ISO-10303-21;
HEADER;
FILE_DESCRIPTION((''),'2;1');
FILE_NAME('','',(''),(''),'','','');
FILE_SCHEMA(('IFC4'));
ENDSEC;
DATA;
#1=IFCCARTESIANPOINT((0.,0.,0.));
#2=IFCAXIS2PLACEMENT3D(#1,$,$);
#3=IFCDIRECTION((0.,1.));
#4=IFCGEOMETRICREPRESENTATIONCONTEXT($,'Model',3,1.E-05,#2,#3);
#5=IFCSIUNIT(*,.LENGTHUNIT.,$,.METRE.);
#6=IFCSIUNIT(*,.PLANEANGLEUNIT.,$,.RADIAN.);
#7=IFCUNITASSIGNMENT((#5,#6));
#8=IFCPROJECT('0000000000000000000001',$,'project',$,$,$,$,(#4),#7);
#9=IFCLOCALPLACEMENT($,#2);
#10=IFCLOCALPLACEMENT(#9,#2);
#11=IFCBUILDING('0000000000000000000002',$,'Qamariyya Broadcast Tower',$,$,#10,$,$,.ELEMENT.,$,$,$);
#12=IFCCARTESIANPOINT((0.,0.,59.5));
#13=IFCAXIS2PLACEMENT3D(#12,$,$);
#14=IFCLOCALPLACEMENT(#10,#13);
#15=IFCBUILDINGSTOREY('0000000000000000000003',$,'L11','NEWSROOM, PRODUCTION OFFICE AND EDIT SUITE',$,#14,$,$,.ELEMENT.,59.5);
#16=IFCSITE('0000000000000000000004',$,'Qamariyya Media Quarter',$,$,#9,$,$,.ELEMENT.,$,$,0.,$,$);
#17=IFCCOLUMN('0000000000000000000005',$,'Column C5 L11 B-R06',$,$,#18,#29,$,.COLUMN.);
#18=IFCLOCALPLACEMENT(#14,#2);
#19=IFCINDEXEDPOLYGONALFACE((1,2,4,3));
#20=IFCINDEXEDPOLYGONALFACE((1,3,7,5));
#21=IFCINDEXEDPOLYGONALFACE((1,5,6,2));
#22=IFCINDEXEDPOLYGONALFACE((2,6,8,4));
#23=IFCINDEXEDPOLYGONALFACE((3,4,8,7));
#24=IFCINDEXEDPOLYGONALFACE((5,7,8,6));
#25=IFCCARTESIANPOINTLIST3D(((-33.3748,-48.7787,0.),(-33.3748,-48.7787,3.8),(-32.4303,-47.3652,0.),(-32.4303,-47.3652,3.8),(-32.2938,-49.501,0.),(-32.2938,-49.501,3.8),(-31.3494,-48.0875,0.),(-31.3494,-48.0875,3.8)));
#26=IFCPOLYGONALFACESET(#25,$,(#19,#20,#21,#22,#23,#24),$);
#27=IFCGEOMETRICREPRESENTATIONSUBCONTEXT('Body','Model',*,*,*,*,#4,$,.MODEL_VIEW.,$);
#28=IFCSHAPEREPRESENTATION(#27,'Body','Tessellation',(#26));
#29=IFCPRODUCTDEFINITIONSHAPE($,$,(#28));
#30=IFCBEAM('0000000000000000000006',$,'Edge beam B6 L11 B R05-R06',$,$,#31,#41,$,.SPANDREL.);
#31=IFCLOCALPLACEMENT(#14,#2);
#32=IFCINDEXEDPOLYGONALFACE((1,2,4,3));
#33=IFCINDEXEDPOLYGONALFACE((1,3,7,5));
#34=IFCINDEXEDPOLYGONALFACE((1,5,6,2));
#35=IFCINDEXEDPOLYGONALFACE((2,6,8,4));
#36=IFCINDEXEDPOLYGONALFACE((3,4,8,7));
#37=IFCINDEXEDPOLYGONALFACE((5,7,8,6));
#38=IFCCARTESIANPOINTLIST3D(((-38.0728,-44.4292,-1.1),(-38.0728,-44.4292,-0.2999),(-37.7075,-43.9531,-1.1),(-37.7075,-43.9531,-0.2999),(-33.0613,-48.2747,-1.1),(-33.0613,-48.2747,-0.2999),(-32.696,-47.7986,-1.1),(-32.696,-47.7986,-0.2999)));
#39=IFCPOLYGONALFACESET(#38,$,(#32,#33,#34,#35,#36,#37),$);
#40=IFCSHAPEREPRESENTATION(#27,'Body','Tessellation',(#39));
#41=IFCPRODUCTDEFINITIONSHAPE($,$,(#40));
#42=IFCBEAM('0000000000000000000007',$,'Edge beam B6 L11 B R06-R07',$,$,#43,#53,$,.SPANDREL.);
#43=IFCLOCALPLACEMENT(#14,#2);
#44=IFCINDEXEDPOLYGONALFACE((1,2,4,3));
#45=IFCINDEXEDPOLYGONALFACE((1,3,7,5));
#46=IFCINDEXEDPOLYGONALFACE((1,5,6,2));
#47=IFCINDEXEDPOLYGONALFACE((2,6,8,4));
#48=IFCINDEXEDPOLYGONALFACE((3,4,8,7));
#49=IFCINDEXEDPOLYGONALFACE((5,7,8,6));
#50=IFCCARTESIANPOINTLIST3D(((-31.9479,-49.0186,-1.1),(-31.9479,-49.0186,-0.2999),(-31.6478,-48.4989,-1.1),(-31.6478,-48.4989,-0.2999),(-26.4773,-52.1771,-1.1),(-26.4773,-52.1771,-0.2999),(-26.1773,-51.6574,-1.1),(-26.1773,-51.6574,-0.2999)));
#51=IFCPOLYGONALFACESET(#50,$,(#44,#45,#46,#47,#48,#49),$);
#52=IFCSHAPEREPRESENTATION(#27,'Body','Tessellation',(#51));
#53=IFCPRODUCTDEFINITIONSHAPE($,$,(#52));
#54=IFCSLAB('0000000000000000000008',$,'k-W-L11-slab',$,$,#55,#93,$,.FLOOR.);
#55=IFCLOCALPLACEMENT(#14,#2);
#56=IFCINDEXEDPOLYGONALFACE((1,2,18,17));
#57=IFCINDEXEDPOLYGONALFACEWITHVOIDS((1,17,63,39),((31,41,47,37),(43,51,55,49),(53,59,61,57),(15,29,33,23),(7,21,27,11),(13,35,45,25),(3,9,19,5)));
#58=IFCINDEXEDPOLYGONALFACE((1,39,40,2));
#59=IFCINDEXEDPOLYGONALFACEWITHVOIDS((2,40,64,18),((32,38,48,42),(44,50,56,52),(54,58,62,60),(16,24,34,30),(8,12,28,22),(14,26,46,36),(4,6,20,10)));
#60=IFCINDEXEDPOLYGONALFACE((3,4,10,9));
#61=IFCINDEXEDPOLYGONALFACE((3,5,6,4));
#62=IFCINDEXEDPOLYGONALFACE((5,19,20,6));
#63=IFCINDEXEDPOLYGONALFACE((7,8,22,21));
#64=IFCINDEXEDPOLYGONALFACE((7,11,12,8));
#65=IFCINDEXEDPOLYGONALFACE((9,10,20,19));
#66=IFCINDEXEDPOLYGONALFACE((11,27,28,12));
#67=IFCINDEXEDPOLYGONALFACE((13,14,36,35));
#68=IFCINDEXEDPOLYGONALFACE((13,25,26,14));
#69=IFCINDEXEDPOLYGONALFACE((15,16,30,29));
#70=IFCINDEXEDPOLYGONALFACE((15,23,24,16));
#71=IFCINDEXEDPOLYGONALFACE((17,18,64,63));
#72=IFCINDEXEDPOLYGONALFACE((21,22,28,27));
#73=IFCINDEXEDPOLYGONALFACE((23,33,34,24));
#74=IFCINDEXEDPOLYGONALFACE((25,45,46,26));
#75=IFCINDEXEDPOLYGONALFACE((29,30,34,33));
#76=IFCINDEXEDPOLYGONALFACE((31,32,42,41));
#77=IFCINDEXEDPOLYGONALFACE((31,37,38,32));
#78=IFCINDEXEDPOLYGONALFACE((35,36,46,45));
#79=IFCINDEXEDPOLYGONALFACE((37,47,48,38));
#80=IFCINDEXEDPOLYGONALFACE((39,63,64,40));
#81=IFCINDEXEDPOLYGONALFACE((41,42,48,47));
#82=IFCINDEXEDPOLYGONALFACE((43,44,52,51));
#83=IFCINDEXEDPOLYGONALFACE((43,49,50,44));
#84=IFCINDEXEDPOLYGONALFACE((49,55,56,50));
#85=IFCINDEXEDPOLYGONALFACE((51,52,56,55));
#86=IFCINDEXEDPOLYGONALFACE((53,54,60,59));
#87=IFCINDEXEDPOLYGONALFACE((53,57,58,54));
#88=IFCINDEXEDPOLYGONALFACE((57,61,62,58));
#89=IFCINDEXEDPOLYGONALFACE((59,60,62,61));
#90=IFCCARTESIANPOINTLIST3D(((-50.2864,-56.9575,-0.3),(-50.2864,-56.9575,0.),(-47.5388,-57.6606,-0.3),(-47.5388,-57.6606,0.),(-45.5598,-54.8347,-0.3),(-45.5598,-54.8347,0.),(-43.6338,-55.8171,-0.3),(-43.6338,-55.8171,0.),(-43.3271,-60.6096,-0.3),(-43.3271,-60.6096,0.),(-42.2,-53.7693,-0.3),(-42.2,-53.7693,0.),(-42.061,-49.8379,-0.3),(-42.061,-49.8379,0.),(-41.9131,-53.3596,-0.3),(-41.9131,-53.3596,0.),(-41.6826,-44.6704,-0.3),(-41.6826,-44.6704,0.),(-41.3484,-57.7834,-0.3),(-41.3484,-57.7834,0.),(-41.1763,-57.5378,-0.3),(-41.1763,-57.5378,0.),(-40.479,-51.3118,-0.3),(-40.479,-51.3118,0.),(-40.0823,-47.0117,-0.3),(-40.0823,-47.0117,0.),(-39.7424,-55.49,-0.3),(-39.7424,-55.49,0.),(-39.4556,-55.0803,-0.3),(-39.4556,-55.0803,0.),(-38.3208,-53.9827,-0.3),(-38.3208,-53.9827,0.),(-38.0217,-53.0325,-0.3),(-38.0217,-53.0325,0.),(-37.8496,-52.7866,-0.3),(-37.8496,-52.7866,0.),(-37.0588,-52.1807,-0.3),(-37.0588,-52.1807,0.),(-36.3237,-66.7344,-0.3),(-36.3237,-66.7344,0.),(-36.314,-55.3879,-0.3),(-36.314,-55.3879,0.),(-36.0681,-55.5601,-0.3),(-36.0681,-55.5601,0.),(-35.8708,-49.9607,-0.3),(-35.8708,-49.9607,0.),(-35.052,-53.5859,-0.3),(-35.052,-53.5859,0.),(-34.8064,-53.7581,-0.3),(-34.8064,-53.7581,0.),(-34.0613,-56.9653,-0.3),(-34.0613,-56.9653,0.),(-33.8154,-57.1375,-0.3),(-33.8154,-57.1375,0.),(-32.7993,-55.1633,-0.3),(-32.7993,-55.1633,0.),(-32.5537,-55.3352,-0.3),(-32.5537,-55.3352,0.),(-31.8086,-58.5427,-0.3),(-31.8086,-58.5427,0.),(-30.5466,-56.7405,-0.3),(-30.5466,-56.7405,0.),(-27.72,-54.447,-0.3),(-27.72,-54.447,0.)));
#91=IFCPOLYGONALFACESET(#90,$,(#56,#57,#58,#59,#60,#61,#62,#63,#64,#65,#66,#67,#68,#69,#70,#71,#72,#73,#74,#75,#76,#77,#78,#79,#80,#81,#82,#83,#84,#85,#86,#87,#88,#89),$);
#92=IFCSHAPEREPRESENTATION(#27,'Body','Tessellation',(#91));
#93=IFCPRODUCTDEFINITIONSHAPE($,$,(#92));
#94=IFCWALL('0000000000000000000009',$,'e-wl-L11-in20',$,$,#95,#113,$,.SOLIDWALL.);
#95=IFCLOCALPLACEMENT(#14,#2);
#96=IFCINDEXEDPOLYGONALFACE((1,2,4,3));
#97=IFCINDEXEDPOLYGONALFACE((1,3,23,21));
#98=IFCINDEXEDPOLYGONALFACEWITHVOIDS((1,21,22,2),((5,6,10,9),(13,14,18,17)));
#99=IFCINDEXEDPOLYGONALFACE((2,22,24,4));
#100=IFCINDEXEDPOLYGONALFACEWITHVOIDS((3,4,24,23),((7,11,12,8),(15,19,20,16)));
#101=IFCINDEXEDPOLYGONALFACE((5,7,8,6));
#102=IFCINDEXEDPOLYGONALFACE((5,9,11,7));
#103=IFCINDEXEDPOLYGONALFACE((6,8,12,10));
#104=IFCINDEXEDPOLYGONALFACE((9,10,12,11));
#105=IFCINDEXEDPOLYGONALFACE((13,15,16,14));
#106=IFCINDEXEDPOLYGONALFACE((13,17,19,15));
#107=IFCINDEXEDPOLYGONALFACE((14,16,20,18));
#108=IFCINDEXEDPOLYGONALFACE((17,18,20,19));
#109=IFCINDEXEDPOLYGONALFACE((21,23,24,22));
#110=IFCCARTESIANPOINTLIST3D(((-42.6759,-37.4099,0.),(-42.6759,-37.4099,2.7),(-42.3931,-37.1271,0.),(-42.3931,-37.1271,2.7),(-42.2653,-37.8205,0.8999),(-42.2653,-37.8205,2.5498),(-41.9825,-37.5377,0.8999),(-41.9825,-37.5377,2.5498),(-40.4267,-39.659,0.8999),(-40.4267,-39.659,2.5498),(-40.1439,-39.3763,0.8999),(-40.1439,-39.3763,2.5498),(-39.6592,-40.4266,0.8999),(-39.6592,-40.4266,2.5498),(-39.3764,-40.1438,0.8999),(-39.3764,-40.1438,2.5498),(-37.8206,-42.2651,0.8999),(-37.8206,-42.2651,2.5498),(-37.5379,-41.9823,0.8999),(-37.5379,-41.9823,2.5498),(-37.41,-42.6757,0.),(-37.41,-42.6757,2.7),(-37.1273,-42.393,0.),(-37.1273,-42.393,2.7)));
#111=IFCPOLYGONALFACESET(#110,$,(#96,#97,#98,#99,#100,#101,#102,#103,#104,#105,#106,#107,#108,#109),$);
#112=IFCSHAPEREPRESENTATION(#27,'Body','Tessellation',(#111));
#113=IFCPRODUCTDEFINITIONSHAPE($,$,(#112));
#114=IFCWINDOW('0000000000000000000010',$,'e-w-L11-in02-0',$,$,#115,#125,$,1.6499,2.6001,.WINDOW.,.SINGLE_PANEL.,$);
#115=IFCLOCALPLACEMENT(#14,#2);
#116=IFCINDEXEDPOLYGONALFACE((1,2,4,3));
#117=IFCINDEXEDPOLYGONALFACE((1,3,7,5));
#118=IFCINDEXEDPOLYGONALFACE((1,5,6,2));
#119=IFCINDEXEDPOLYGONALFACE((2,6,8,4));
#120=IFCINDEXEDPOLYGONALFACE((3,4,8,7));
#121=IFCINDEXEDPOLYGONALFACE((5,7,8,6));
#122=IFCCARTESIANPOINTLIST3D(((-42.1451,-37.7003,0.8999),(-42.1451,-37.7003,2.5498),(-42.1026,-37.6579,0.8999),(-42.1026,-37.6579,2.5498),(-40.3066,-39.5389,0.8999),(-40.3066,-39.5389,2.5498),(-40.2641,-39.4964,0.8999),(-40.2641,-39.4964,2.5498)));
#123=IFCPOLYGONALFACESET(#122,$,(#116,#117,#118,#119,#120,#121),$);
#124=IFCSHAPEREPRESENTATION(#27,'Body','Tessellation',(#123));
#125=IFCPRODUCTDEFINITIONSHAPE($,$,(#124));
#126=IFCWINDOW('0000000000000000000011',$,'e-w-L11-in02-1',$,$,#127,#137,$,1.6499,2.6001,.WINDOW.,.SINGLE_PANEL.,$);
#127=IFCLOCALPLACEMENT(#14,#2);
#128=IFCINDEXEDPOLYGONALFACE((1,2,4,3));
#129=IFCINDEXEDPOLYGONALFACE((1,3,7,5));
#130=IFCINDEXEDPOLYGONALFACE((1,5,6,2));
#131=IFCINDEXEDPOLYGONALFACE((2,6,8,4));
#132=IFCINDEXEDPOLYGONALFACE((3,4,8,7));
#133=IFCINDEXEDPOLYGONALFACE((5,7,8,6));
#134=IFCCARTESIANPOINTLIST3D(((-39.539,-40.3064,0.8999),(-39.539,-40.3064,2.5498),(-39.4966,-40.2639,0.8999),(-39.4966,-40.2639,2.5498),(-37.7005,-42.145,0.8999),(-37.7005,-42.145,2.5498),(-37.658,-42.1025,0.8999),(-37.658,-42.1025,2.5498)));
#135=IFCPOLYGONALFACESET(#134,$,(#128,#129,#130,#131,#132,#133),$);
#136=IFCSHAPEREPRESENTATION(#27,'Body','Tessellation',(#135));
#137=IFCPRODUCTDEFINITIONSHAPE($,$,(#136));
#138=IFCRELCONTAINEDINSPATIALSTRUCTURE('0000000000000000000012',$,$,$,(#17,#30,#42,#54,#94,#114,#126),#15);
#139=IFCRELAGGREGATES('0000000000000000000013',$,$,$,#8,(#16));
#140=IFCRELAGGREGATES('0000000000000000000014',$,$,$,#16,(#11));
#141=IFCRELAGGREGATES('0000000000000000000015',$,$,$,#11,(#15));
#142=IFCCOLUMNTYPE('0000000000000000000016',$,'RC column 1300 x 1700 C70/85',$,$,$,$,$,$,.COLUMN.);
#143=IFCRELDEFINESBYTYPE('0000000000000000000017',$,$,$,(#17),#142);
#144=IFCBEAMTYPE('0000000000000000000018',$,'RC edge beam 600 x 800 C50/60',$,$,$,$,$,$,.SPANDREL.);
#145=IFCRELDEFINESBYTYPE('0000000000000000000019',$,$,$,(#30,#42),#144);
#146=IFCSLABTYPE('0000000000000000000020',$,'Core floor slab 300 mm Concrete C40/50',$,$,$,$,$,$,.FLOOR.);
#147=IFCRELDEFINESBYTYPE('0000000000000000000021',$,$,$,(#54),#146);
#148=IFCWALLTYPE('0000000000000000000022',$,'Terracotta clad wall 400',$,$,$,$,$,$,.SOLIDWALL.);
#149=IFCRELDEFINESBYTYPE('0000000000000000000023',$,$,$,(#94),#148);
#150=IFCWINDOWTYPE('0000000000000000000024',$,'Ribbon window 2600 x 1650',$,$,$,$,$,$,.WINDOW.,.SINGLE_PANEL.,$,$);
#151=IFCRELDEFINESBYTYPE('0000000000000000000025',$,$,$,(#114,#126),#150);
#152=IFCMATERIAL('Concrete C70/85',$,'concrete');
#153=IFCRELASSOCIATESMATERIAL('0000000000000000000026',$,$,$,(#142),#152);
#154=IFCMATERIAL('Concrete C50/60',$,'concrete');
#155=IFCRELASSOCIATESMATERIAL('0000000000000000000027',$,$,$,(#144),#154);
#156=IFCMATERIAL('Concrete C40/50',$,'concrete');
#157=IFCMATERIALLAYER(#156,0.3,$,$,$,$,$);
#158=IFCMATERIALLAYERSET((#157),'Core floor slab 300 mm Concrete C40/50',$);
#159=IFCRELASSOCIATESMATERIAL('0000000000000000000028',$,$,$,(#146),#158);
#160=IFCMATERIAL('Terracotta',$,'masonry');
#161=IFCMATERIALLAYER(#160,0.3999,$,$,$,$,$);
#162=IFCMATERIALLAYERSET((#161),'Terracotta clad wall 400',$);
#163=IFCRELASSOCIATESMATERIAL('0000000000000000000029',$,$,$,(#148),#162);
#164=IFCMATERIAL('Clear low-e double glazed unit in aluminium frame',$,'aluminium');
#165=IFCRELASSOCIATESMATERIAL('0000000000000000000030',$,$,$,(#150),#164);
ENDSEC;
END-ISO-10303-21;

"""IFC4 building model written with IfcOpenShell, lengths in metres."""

from ifc_helpers import new_model, si_unit, direction, frame, frame_2d, origin, origin_2d, place, context, subcontext, project, spatial, polyline, rectangle, outline, extrude, material, layer, layer_set, material_profile, profile_set, type_object, element, fill, save


model = new_model("IFC4")

# Units and contexts
model_context = context("Model", 3, precision=1e-05, world=origin(), true_north=direction((0.0, 1.0)))
body_context = subcontext(model_context, "Body", "Model", "MODEL_VIEW")
ifc_project = project(units=[si_unit("LENGTHUNIT", "METRE"), si_unit("PLANEANGLEUNIT", "RADIAN")], contexts=[model_context])

# Site, building, storey
site_placement = place(None, origin())
site = spatial("IfcSite", under=ifc_project, at=site_placement, Name="Qamariyya Media Quarter", CompositionType="ELEMENT", RefElevation=0.0)
building_placement = place(site_placement, origin())
building = spatial("IfcBuilding", under=site, at=building_placement, Name="Qamariyya Broadcast Tower", CompositionType="ELEMENT")
storey_placement = place(building_placement, frame((0.0, 0.0, 59.5)))
storey = spatial("IfcBuildingStorey", under=building, at=storey_placement, Name="L11", Description="NEWSROOM, PRODUCTION OFFICE AND EDIT SUITE", CompositionType="ELEMENT", Elevation=59.5)

# Column
ifc_material_1 = material(Name="Concrete C70/85", Category="concrete")
ifc_material_profile_1 = material_profile(ifc_material_1, rectangle(XDim=1.3, YDim=1.7, at=origin_2d()))
ifc_profile_set_1 = profile_set([ifc_material_profile_1], Name="Concrete C70/85")
column_type = type_object("IfcColumnType", Name="RC column 1300 x 1700 C70/85", PredefinedType="COLUMN", material=ifc_profile_set_1)
column_placement = place(storey_placement, frame((-32.3621, -48.4331, 0.0), z_axis=(0.0, 0.0, 1.0), x_axis=(0.83147, -0.55557, 0.0)))
element("IfcColumn", 1, at=column_placement, inside=storey, type_object=column_type, Name="Column C5 L11 B-R06", PredefinedType="COLUMN", context=body_context, shape_type="SweptSolid", body=[
    extrude(rectangle(XDim=1.3, YDim=1.7, at=origin_2d()), origin(), (0.0, 0.0, 1.0), 3.8),
])

# Beams
ifc_material_2 = material(Name="Concrete C50/60", Category="concrete")
ifc_material_profile_2 = material_profile(ifc_material_2, rectangle(XDim=0.6001, YDim=0.8, at=origin_2d()))
ifc_profile_set_2 = profile_set([ifc_material_profile_2], Name="Concrete C50/60")
beam_type = type_object("IfcBeamType", Name="RC edge beam 600 x 800 C50/60", PredefinedType="SPANDREL", material=ifc_profile_set_2)
for number, where, z_axis, x_axis, name in (
    (2, (-37.8901, -44.1912, -0.7), (0.793352, -0.608763, 0.0), (0.608763, 0.793352, 0.0), "Edge beam B6 L11 B R05-R06"),
    (3, (-31.7979, -48.7588, -0.7), (0.86602, -0.500009, 0.0), (0.500009, 0.86602, 0.0), "Edge beam B6 L11 B R06-R07"),
):
    element("IfcBeam", number, at=place(storey_placement, frame(where, z_axis=z_axis, x_axis=x_axis)), inside=storey, type_object=beam_type, Name=name, PredefinedType="SPANDREL", context=body_context, shape_type="SweptSolid", body=[
        extrude(rectangle(XDim=0.6001, YDim=0.8, at=origin_2d()), origin(), (0.0, 0.0, 1.0), 6.3169),
    ])

# Slab
ifc_material_3 = material(Name="Concrete C40/50", Category="concrete")
ifc_layer_1 = layer(ifc_material_3, 0.3)
ifc_layer_set_1 = layer_set([ifc_layer_1], Name="Core floor slab 300 mm Concrete C40/50")
slab_type_1 = type_object("IfcSlabType", Name="Core floor slab 300 mm Concrete C40/50", PredefinedType="FLOOR", material=ifc_layer_set_1)
slab_1_placement = place(storey_placement, frame((0.0, 0.0, -0.3)))
element("IfcSlab", 4, at=slab_1_placement, inside=storey, type_object=slab_type_1, Name="k-W-L11-slab", PredefinedType="FLOOR", context=body_context, shape_type="SweptSolid", body=[
    extrude(outline(polyline([(-50.2864, -56.9575), (-36.3237, -66.7344), (-27.72, -54.447), (-41.6826, -44.6704), (-50.2864, -56.9575)]), holes=[polyline([(-31.8086, -58.5427), (-33.8154, -57.1375), (-32.5537, -55.3352), (-30.5466, -56.7405), (-31.8086, -58.5427)]), polyline([(-34.0613, -56.9653), (-36.0681, -55.5601), (-34.8064, -53.7581), (-32.7993, -55.1633), (-34.0613, -56.9653)]), polyline([(-36.314, -55.3879), (-38.3208, -53.9827), (-37.0588, -52.1807), (-35.052, -53.5859), (-36.314, -55.3879)]), polyline([(-39.7424, -55.49), (-42.2, -53.7693), (-43.6338, -55.8171), (-41.1763, -57.5378), (-39.7424, -55.49)]), polyline([(-39.4556, -55.0803), (-41.9131, -53.3596), (-40.479, -51.3118), (-38.0217, -53.0325), (-39.4556, -55.0803)]), polyline([(-42.061, -49.8379), (-37.8496, -52.7866), (-35.8708, -49.9607), (-40.0823, -47.0117), (-42.061, -49.8379)]), polyline([(-47.5388, -57.6606), (-43.3271, -60.6096), (-41.3484, -57.7834), (-45.5598, -54.8347), (-47.5388, -57.6606)])]), origin(), (0.0, 0.0, 1.0), 0.3),
])

# Wall, openings, windows
ifc_material_4 = material(Name="Terracotta", Category="masonry")
ifc_layer_2 = layer(ifc_material_4, 0.3999)
ifc_layer_set_2 = layer_set([ifc_layer_2], Name="Terracotta clad wall 400")
wall_type = type_object("IfcWallType", Name="Terracotta clad wall 400", PredefinedType="SOLIDWALL", material=ifc_layer_set_2)
wall_1_placement = place(storey_placement, frame((-37.2686, -42.5344, 0.0), z_axis=(0.0, 0.0, 1.0), x_axis=(-0.707107, 0.707107, 0.0)))
wall_1 = element("IfcWall", 5, at=wall_1_placement, inside=storey, type_object=wall_type, Name="e-wl-L11-in20", PredefinedType="SOLIDWALL", context=body_context, shape_type="SweptSolid", body=[
    extrude(rectangle(XDim=7.447, YDim=0.3999, at=frame_2d((3.7236, 0.0))), origin(), (0.0, 0.0, 1.0), 2.7),
])
opening_1_placement = place(wall_1_placement, frame((4.2664, 0.0, 0.8999)))
opening_1 = element("IfcOpeningElement", 6, at=opening_1_placement, cuts=wall_1, PredefinedType="OPENING", context=body_context, shape_type="SweptSolid", body=[
    extrude(rectangle(XDim=2.6001, YDim=1.6499, at=frame_2d((1.3, 0.825))), frame((0.0, 0.21, 0.0), z_axis=(0.0, -1.0, 0.0), x_axis=(1.0, 0.0, 0.0)), (0.0, 0.0, 1.0), 0.4199),
])
opening_2_placement = place(wall_1_placement, frame((0.5808, 0.0, 0.8999)))
opening_2 = element("IfcOpeningElement", 7, at=opening_2_placement, cuts=wall_1, PredefinedType="OPENING", context=body_context, shape_type="SweptSolid", body=[
    extrude(rectangle(XDim=2.6001, YDim=1.6499, at=frame_2d((1.3, 0.825))), frame((0.0, 0.21, 0.0), z_axis=(0.0, -1.0, 0.0), x_axis=(1.0, 0.0, 0.0)), (0.0, 0.0, 1.0), 0.4199),
])
ifc_material_5 = material(Name="Clear low-e double glazed unit in aluminium frame", Category="aluminium")
window_type = type_object("IfcWindowType", Name="Ribbon window 2600 x 1650", PartitioningType="SINGLE_PANEL", PredefinedType="WINDOW", material=ifc_material_5)
window_1_placement = place(opening_1_placement, origin())
window_1 = element("IfcWindow", 8, at=window_1_placement, inside=storey, type_object=window_type, Name="e-w-L11-in02-0", OverallHeight=1.6499, OverallWidth=2.6001, PartitioningType="SINGLE_PANEL", PredefinedType="WINDOW", context=body_context, shape_type="SweptSolid", body=[
    extrude(rectangle(XDim=2.6001, YDim=1.6499, at=frame_2d((1.3, 0.825))), frame((0.0, 0.03, 0.0), z_axis=(0.0, -1.0, 0.0), x_axis=(1.0, 0.0, 0.0)), (0.0, 0.0, 1.0), 0.0601),
])
fill(opening_1, window_1)
window_2_placement = place(opening_2_placement, origin())
window_2 = element("IfcWindow", 9, at=window_2_placement, inside=storey, type_object=window_type, Name="e-w-L11-in02-1", OverallHeight=1.6499, OverallWidth=2.6001, PartitioningType="SINGLE_PANEL", PredefinedType="WINDOW", context=body_context, shape_type="SweptSolid", body=[
    extrude(rectangle(XDim=2.6001, YDim=1.6499, at=frame_2d((1.3, 0.825))), frame((0.0, 0.03, 0.0), z_axis=(0.0, -1.0, 0.0), x_axis=(1.0, 0.0, 0.0)), (0.0, 0.0, 1.0), 0.0601),
])
fill(opening_2, window_2)

save(model, "model.ifc")
